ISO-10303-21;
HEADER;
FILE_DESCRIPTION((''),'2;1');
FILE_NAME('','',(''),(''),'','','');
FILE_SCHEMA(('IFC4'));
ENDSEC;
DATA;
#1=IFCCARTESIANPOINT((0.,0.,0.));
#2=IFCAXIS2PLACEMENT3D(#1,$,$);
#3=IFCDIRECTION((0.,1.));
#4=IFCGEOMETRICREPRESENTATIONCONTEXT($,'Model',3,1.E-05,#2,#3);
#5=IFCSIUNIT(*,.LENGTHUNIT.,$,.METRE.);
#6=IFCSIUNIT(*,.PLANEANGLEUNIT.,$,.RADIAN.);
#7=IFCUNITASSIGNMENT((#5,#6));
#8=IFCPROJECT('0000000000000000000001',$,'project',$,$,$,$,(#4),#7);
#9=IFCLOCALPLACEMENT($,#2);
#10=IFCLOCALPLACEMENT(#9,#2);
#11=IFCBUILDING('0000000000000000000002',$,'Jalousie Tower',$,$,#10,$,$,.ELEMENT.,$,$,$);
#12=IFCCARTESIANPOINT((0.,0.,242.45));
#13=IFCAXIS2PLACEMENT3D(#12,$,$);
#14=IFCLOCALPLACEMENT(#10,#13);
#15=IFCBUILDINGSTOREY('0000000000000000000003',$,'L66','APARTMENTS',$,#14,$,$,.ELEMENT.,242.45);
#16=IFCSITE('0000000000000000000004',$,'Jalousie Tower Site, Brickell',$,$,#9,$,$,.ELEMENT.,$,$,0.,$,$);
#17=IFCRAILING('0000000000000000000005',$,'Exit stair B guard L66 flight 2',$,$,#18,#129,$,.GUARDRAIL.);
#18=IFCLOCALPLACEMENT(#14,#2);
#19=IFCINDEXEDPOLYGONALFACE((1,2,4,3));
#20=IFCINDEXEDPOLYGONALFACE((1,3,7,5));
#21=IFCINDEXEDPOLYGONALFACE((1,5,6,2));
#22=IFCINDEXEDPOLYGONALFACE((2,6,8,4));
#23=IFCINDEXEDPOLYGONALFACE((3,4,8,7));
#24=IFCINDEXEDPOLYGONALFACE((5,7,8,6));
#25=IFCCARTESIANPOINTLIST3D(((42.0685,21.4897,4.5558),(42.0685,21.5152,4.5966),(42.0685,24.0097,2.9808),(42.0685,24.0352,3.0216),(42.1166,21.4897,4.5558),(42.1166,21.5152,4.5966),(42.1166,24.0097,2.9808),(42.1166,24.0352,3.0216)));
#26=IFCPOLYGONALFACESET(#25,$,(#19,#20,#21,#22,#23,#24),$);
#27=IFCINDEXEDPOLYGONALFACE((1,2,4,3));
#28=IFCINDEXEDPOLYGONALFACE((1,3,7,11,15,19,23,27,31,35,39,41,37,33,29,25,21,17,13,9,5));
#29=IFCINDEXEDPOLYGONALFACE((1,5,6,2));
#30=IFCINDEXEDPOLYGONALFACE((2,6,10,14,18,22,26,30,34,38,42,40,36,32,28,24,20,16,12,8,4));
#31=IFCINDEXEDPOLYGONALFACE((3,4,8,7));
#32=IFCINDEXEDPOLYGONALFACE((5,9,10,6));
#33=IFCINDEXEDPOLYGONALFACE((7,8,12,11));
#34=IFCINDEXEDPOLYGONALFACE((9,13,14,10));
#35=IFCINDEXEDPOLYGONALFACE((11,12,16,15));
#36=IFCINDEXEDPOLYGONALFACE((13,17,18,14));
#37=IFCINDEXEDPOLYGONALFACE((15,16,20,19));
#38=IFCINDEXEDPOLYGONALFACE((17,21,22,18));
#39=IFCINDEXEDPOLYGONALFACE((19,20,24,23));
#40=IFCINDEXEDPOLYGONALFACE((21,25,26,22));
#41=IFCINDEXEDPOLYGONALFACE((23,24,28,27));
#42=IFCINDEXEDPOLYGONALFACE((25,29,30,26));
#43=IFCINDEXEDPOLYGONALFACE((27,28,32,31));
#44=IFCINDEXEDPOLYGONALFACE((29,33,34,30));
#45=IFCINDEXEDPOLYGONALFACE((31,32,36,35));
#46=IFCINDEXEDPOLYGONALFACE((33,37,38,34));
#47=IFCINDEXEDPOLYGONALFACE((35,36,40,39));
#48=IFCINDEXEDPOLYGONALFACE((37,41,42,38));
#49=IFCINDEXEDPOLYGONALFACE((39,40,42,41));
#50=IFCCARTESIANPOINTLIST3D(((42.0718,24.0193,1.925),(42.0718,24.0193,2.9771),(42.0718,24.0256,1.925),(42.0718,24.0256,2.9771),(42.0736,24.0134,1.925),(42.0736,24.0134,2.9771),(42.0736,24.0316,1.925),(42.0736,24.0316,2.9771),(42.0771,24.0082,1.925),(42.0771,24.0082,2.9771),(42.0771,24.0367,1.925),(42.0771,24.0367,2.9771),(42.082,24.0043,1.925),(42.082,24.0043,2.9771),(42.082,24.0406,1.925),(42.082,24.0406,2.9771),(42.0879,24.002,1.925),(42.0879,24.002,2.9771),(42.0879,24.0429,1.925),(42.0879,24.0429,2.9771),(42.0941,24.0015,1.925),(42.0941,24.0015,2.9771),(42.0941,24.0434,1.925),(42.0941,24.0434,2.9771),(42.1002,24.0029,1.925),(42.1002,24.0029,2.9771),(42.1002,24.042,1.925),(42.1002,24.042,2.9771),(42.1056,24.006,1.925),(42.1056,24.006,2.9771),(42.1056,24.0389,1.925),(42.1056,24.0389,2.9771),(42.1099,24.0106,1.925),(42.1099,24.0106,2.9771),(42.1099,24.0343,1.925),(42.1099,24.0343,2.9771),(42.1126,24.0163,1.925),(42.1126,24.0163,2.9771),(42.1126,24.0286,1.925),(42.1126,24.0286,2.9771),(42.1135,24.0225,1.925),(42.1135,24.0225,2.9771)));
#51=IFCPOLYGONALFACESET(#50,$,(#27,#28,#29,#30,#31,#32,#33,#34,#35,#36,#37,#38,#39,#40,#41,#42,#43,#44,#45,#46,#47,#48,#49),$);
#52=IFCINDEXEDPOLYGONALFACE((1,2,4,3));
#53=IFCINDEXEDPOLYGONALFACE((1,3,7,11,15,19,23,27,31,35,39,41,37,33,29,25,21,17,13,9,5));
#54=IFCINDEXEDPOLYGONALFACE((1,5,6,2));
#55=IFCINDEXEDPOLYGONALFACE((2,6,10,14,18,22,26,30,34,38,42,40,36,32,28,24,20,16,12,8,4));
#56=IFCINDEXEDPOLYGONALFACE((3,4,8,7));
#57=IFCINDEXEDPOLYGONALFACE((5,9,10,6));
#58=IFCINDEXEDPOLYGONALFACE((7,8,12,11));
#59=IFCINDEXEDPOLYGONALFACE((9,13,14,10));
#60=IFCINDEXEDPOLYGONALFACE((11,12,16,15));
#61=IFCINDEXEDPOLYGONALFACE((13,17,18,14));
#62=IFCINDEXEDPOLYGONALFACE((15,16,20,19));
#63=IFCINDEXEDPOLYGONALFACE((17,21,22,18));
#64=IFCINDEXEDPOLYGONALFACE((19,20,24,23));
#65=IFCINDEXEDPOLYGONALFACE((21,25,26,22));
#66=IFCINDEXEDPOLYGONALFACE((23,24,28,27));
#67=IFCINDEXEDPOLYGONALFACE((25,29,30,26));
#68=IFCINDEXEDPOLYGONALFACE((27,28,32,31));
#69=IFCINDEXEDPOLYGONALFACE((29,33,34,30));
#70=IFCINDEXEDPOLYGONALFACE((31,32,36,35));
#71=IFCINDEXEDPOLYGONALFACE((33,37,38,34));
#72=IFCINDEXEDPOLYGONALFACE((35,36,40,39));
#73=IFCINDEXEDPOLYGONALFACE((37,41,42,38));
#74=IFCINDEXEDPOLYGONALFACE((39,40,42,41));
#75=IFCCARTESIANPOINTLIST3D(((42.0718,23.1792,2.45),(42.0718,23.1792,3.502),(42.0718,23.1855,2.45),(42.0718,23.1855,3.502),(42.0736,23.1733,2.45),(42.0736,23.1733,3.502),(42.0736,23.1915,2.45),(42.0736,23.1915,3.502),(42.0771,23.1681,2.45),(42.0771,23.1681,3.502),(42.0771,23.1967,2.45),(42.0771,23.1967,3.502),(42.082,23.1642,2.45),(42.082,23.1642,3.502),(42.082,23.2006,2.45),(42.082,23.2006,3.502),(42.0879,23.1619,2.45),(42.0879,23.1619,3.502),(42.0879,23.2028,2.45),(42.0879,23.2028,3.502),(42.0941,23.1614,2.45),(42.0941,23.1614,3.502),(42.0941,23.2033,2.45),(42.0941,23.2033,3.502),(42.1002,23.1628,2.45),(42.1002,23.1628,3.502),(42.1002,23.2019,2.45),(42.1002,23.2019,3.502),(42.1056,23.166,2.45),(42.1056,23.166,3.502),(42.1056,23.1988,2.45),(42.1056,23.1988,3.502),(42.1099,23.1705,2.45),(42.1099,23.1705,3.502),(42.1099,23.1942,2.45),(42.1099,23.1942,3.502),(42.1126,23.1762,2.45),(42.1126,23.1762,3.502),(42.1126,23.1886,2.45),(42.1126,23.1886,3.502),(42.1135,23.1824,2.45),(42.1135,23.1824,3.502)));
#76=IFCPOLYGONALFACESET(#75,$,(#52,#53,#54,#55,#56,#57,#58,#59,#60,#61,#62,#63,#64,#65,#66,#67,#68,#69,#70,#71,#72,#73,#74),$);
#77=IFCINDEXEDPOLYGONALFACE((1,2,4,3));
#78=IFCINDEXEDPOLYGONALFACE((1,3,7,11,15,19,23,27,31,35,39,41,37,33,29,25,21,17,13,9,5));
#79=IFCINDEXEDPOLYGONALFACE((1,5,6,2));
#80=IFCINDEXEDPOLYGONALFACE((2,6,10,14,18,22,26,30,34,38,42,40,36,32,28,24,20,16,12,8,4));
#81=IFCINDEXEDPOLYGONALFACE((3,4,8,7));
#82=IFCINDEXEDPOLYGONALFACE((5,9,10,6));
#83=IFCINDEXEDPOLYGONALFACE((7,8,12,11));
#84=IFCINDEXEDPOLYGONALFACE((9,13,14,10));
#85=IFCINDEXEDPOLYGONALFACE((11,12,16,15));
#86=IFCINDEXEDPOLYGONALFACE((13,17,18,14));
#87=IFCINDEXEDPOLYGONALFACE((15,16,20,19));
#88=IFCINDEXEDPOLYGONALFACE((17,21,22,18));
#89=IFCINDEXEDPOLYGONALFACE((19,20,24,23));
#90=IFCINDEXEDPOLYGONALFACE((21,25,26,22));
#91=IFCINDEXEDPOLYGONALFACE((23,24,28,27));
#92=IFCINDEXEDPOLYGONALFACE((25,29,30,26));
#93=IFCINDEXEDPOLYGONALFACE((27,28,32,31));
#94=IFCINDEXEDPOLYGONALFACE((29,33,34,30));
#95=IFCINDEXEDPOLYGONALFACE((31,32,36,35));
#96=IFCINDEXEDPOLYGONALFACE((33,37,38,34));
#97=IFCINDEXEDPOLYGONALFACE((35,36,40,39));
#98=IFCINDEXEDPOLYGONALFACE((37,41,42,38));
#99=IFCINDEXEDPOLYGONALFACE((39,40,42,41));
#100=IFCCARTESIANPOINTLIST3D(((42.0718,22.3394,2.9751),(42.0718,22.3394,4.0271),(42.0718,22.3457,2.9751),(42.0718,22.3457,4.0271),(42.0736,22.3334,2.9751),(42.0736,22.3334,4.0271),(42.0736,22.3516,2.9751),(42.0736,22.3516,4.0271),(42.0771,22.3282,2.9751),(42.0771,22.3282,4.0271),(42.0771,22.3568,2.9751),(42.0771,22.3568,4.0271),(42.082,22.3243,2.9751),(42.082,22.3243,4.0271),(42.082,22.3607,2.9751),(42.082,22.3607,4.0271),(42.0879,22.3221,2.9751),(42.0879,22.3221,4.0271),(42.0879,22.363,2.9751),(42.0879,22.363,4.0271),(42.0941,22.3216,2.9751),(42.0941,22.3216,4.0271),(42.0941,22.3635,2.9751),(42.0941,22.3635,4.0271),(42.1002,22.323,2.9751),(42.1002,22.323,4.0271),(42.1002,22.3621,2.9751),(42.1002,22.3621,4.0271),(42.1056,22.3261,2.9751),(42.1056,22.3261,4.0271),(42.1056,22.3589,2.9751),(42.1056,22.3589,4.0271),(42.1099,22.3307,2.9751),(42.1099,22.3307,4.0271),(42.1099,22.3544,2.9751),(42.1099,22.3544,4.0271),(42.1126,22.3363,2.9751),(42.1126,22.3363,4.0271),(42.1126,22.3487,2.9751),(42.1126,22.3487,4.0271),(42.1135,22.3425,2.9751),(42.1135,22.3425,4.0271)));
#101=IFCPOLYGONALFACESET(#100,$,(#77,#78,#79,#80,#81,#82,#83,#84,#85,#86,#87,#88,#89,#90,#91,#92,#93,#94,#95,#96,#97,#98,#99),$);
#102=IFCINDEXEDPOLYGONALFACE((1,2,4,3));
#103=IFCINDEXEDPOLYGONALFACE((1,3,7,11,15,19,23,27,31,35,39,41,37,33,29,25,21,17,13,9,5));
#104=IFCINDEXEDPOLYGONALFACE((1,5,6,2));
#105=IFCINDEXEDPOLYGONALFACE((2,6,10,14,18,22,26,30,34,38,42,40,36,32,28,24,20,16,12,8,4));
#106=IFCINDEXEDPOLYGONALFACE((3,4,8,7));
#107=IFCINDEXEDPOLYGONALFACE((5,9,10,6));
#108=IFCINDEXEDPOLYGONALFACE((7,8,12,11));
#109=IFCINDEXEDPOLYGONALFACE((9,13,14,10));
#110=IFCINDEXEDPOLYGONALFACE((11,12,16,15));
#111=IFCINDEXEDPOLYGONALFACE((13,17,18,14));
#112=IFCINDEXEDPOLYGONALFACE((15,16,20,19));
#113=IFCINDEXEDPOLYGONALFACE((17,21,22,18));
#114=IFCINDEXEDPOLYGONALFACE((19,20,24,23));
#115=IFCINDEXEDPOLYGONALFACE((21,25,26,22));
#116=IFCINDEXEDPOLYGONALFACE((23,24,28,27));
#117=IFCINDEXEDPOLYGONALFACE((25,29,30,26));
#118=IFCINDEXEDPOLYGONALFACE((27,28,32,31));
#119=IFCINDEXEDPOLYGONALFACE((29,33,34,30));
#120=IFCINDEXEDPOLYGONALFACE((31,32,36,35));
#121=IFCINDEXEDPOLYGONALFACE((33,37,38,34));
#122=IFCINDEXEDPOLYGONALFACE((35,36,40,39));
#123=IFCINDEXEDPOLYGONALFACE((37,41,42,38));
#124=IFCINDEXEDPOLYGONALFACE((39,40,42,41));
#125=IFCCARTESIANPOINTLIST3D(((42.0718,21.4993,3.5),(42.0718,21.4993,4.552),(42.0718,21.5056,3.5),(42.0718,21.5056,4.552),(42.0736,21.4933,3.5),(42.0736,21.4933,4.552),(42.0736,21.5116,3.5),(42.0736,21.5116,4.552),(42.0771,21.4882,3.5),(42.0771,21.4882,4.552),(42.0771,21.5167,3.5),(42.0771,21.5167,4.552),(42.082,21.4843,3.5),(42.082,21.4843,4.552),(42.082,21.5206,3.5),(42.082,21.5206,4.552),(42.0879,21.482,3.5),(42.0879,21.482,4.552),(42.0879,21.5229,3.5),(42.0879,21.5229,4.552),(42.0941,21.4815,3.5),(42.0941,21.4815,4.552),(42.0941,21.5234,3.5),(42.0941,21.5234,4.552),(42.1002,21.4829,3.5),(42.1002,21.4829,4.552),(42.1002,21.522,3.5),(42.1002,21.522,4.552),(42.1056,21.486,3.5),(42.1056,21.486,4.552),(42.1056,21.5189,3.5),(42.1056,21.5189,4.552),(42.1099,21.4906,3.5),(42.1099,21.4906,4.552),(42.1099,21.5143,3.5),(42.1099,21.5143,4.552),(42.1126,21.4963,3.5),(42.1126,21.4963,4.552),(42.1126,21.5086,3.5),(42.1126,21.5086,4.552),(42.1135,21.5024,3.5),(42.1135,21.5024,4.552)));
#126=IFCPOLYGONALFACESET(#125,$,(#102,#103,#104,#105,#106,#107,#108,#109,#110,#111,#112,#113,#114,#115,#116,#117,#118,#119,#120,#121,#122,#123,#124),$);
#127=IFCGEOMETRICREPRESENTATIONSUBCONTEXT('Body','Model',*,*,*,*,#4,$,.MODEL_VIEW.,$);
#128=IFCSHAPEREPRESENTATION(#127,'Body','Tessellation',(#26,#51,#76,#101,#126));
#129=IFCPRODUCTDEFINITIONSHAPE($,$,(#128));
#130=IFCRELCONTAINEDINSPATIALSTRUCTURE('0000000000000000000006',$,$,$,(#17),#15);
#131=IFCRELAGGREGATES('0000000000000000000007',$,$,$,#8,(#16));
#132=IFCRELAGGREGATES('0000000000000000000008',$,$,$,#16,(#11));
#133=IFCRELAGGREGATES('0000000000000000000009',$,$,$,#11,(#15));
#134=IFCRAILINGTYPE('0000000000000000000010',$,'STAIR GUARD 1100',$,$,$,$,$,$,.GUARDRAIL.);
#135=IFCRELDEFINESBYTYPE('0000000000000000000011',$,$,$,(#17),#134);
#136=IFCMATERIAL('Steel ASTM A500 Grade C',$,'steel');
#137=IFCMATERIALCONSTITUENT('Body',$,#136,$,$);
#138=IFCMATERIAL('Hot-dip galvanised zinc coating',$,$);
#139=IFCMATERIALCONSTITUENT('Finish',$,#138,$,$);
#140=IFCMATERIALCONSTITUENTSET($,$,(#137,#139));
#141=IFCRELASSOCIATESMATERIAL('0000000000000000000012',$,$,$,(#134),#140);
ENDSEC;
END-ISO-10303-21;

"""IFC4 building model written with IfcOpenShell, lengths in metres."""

from ifc_helpers import new_model, si_unit, direction, frame, origin, origin_2d, place, context, subcontext, project, spatial, rectangle, circle, extrude, material, constituent, constituent_set, type_object, element, save


model = new_model("IFC4")

# Units and contexts
model_context = context("Model", 3, precision=1e-05, world=origin(), true_north=direction((0.0, 1.0)))
body_context = subcontext(model_context, "Body", "Model", "MODEL_VIEW")
ifc_project = project(units=[si_unit("LENGTHUNIT", "METRE"), si_unit("PLANEANGLEUNIT", "RADIAN")], contexts=[model_context])

# Site, building, storey
site_placement = place(None, origin())
site = spatial("IfcSite", under=ifc_project, at=site_placement, Name="Jalousie Tower Site, Brickell", CompositionType="ELEMENT", RefElevation=0.0)
building_placement = place(site_placement, origin())
building = spatial("IfcBuilding", under=site, at=building_placement, Name="Jalousie Tower", CompositionType="ELEMENT")
storey_placement = place(building_placement, frame((0.0, 0.0, 242.45)))
storey = spatial("IfcBuildingStorey", under=building, at=storey_placement, Name="L66", Description="APARTMENTS", CompositionType="ELEMENT", Elevation=242.45)

# Railing
ifc_material_1 = material(Name="Steel ASTM A500 Grade C", Category="steel")
ifc_constituent_1 = constituent(ifc_material_1, Name="Body")
ifc_material_2 = material(Name="Hot-dip galvanised zinc coating")
ifc_constituent_2 = constituent(ifc_material_2, Name="Finish")
ifc_constituent_set_1 = constituent_set(constituents=[ifc_constituent_1, ifc_constituent_2])
railing_type_1 = type_object("IfcRailingType", Name="STAIR GUARD 1100", PredefinedType="GUARDRAIL", material=ifc_constituent_set_1)
railing_1_placement = place(storey_placement, frame((42.0925, 24.0225, 1.925)))
element("IfcRailing", 1, at=railing_1_placement, inside=storey, type_object=railing_type_1, Name="Exit stair B guard L66 flight 2", PredefinedType="GUARDRAIL", context=body_context, shape_type="SweptSolid", body=[
    extrude(rectangle(XDim=0.0481, YDim=0.0481, at=origin_2d()), frame((0.0, 0.0, 1.0762), z_axis=(0.0, -0.848008, 0.529984), x_axis=(1.0, 0.0, 0.0)), (0.0, 0.0, 1.0), 2.9717),
    extrude(circle(Radius=0.021, at=origin_2d()), origin(), (0.0, 0.0, 1.0), 1.052),
    extrude(circle(Radius=0.021, at=origin_2d()), frame((0.0, -0.8401, 0.5249)), (0.0, 0.0, 1.0), 1.052),
    extrude(circle(Radius=0.021, at=origin_2d()), frame((0.0, -1.6799, 1.05)), (0.0, 0.0, 1.0), 1.052),
    extrude(circle(Radius=0.021, at=origin_2d()), frame((0.0, -2.52, 1.575)), (0.0, 0.0, 1.0), 1.052),
])

save(model, "model.ifc")
